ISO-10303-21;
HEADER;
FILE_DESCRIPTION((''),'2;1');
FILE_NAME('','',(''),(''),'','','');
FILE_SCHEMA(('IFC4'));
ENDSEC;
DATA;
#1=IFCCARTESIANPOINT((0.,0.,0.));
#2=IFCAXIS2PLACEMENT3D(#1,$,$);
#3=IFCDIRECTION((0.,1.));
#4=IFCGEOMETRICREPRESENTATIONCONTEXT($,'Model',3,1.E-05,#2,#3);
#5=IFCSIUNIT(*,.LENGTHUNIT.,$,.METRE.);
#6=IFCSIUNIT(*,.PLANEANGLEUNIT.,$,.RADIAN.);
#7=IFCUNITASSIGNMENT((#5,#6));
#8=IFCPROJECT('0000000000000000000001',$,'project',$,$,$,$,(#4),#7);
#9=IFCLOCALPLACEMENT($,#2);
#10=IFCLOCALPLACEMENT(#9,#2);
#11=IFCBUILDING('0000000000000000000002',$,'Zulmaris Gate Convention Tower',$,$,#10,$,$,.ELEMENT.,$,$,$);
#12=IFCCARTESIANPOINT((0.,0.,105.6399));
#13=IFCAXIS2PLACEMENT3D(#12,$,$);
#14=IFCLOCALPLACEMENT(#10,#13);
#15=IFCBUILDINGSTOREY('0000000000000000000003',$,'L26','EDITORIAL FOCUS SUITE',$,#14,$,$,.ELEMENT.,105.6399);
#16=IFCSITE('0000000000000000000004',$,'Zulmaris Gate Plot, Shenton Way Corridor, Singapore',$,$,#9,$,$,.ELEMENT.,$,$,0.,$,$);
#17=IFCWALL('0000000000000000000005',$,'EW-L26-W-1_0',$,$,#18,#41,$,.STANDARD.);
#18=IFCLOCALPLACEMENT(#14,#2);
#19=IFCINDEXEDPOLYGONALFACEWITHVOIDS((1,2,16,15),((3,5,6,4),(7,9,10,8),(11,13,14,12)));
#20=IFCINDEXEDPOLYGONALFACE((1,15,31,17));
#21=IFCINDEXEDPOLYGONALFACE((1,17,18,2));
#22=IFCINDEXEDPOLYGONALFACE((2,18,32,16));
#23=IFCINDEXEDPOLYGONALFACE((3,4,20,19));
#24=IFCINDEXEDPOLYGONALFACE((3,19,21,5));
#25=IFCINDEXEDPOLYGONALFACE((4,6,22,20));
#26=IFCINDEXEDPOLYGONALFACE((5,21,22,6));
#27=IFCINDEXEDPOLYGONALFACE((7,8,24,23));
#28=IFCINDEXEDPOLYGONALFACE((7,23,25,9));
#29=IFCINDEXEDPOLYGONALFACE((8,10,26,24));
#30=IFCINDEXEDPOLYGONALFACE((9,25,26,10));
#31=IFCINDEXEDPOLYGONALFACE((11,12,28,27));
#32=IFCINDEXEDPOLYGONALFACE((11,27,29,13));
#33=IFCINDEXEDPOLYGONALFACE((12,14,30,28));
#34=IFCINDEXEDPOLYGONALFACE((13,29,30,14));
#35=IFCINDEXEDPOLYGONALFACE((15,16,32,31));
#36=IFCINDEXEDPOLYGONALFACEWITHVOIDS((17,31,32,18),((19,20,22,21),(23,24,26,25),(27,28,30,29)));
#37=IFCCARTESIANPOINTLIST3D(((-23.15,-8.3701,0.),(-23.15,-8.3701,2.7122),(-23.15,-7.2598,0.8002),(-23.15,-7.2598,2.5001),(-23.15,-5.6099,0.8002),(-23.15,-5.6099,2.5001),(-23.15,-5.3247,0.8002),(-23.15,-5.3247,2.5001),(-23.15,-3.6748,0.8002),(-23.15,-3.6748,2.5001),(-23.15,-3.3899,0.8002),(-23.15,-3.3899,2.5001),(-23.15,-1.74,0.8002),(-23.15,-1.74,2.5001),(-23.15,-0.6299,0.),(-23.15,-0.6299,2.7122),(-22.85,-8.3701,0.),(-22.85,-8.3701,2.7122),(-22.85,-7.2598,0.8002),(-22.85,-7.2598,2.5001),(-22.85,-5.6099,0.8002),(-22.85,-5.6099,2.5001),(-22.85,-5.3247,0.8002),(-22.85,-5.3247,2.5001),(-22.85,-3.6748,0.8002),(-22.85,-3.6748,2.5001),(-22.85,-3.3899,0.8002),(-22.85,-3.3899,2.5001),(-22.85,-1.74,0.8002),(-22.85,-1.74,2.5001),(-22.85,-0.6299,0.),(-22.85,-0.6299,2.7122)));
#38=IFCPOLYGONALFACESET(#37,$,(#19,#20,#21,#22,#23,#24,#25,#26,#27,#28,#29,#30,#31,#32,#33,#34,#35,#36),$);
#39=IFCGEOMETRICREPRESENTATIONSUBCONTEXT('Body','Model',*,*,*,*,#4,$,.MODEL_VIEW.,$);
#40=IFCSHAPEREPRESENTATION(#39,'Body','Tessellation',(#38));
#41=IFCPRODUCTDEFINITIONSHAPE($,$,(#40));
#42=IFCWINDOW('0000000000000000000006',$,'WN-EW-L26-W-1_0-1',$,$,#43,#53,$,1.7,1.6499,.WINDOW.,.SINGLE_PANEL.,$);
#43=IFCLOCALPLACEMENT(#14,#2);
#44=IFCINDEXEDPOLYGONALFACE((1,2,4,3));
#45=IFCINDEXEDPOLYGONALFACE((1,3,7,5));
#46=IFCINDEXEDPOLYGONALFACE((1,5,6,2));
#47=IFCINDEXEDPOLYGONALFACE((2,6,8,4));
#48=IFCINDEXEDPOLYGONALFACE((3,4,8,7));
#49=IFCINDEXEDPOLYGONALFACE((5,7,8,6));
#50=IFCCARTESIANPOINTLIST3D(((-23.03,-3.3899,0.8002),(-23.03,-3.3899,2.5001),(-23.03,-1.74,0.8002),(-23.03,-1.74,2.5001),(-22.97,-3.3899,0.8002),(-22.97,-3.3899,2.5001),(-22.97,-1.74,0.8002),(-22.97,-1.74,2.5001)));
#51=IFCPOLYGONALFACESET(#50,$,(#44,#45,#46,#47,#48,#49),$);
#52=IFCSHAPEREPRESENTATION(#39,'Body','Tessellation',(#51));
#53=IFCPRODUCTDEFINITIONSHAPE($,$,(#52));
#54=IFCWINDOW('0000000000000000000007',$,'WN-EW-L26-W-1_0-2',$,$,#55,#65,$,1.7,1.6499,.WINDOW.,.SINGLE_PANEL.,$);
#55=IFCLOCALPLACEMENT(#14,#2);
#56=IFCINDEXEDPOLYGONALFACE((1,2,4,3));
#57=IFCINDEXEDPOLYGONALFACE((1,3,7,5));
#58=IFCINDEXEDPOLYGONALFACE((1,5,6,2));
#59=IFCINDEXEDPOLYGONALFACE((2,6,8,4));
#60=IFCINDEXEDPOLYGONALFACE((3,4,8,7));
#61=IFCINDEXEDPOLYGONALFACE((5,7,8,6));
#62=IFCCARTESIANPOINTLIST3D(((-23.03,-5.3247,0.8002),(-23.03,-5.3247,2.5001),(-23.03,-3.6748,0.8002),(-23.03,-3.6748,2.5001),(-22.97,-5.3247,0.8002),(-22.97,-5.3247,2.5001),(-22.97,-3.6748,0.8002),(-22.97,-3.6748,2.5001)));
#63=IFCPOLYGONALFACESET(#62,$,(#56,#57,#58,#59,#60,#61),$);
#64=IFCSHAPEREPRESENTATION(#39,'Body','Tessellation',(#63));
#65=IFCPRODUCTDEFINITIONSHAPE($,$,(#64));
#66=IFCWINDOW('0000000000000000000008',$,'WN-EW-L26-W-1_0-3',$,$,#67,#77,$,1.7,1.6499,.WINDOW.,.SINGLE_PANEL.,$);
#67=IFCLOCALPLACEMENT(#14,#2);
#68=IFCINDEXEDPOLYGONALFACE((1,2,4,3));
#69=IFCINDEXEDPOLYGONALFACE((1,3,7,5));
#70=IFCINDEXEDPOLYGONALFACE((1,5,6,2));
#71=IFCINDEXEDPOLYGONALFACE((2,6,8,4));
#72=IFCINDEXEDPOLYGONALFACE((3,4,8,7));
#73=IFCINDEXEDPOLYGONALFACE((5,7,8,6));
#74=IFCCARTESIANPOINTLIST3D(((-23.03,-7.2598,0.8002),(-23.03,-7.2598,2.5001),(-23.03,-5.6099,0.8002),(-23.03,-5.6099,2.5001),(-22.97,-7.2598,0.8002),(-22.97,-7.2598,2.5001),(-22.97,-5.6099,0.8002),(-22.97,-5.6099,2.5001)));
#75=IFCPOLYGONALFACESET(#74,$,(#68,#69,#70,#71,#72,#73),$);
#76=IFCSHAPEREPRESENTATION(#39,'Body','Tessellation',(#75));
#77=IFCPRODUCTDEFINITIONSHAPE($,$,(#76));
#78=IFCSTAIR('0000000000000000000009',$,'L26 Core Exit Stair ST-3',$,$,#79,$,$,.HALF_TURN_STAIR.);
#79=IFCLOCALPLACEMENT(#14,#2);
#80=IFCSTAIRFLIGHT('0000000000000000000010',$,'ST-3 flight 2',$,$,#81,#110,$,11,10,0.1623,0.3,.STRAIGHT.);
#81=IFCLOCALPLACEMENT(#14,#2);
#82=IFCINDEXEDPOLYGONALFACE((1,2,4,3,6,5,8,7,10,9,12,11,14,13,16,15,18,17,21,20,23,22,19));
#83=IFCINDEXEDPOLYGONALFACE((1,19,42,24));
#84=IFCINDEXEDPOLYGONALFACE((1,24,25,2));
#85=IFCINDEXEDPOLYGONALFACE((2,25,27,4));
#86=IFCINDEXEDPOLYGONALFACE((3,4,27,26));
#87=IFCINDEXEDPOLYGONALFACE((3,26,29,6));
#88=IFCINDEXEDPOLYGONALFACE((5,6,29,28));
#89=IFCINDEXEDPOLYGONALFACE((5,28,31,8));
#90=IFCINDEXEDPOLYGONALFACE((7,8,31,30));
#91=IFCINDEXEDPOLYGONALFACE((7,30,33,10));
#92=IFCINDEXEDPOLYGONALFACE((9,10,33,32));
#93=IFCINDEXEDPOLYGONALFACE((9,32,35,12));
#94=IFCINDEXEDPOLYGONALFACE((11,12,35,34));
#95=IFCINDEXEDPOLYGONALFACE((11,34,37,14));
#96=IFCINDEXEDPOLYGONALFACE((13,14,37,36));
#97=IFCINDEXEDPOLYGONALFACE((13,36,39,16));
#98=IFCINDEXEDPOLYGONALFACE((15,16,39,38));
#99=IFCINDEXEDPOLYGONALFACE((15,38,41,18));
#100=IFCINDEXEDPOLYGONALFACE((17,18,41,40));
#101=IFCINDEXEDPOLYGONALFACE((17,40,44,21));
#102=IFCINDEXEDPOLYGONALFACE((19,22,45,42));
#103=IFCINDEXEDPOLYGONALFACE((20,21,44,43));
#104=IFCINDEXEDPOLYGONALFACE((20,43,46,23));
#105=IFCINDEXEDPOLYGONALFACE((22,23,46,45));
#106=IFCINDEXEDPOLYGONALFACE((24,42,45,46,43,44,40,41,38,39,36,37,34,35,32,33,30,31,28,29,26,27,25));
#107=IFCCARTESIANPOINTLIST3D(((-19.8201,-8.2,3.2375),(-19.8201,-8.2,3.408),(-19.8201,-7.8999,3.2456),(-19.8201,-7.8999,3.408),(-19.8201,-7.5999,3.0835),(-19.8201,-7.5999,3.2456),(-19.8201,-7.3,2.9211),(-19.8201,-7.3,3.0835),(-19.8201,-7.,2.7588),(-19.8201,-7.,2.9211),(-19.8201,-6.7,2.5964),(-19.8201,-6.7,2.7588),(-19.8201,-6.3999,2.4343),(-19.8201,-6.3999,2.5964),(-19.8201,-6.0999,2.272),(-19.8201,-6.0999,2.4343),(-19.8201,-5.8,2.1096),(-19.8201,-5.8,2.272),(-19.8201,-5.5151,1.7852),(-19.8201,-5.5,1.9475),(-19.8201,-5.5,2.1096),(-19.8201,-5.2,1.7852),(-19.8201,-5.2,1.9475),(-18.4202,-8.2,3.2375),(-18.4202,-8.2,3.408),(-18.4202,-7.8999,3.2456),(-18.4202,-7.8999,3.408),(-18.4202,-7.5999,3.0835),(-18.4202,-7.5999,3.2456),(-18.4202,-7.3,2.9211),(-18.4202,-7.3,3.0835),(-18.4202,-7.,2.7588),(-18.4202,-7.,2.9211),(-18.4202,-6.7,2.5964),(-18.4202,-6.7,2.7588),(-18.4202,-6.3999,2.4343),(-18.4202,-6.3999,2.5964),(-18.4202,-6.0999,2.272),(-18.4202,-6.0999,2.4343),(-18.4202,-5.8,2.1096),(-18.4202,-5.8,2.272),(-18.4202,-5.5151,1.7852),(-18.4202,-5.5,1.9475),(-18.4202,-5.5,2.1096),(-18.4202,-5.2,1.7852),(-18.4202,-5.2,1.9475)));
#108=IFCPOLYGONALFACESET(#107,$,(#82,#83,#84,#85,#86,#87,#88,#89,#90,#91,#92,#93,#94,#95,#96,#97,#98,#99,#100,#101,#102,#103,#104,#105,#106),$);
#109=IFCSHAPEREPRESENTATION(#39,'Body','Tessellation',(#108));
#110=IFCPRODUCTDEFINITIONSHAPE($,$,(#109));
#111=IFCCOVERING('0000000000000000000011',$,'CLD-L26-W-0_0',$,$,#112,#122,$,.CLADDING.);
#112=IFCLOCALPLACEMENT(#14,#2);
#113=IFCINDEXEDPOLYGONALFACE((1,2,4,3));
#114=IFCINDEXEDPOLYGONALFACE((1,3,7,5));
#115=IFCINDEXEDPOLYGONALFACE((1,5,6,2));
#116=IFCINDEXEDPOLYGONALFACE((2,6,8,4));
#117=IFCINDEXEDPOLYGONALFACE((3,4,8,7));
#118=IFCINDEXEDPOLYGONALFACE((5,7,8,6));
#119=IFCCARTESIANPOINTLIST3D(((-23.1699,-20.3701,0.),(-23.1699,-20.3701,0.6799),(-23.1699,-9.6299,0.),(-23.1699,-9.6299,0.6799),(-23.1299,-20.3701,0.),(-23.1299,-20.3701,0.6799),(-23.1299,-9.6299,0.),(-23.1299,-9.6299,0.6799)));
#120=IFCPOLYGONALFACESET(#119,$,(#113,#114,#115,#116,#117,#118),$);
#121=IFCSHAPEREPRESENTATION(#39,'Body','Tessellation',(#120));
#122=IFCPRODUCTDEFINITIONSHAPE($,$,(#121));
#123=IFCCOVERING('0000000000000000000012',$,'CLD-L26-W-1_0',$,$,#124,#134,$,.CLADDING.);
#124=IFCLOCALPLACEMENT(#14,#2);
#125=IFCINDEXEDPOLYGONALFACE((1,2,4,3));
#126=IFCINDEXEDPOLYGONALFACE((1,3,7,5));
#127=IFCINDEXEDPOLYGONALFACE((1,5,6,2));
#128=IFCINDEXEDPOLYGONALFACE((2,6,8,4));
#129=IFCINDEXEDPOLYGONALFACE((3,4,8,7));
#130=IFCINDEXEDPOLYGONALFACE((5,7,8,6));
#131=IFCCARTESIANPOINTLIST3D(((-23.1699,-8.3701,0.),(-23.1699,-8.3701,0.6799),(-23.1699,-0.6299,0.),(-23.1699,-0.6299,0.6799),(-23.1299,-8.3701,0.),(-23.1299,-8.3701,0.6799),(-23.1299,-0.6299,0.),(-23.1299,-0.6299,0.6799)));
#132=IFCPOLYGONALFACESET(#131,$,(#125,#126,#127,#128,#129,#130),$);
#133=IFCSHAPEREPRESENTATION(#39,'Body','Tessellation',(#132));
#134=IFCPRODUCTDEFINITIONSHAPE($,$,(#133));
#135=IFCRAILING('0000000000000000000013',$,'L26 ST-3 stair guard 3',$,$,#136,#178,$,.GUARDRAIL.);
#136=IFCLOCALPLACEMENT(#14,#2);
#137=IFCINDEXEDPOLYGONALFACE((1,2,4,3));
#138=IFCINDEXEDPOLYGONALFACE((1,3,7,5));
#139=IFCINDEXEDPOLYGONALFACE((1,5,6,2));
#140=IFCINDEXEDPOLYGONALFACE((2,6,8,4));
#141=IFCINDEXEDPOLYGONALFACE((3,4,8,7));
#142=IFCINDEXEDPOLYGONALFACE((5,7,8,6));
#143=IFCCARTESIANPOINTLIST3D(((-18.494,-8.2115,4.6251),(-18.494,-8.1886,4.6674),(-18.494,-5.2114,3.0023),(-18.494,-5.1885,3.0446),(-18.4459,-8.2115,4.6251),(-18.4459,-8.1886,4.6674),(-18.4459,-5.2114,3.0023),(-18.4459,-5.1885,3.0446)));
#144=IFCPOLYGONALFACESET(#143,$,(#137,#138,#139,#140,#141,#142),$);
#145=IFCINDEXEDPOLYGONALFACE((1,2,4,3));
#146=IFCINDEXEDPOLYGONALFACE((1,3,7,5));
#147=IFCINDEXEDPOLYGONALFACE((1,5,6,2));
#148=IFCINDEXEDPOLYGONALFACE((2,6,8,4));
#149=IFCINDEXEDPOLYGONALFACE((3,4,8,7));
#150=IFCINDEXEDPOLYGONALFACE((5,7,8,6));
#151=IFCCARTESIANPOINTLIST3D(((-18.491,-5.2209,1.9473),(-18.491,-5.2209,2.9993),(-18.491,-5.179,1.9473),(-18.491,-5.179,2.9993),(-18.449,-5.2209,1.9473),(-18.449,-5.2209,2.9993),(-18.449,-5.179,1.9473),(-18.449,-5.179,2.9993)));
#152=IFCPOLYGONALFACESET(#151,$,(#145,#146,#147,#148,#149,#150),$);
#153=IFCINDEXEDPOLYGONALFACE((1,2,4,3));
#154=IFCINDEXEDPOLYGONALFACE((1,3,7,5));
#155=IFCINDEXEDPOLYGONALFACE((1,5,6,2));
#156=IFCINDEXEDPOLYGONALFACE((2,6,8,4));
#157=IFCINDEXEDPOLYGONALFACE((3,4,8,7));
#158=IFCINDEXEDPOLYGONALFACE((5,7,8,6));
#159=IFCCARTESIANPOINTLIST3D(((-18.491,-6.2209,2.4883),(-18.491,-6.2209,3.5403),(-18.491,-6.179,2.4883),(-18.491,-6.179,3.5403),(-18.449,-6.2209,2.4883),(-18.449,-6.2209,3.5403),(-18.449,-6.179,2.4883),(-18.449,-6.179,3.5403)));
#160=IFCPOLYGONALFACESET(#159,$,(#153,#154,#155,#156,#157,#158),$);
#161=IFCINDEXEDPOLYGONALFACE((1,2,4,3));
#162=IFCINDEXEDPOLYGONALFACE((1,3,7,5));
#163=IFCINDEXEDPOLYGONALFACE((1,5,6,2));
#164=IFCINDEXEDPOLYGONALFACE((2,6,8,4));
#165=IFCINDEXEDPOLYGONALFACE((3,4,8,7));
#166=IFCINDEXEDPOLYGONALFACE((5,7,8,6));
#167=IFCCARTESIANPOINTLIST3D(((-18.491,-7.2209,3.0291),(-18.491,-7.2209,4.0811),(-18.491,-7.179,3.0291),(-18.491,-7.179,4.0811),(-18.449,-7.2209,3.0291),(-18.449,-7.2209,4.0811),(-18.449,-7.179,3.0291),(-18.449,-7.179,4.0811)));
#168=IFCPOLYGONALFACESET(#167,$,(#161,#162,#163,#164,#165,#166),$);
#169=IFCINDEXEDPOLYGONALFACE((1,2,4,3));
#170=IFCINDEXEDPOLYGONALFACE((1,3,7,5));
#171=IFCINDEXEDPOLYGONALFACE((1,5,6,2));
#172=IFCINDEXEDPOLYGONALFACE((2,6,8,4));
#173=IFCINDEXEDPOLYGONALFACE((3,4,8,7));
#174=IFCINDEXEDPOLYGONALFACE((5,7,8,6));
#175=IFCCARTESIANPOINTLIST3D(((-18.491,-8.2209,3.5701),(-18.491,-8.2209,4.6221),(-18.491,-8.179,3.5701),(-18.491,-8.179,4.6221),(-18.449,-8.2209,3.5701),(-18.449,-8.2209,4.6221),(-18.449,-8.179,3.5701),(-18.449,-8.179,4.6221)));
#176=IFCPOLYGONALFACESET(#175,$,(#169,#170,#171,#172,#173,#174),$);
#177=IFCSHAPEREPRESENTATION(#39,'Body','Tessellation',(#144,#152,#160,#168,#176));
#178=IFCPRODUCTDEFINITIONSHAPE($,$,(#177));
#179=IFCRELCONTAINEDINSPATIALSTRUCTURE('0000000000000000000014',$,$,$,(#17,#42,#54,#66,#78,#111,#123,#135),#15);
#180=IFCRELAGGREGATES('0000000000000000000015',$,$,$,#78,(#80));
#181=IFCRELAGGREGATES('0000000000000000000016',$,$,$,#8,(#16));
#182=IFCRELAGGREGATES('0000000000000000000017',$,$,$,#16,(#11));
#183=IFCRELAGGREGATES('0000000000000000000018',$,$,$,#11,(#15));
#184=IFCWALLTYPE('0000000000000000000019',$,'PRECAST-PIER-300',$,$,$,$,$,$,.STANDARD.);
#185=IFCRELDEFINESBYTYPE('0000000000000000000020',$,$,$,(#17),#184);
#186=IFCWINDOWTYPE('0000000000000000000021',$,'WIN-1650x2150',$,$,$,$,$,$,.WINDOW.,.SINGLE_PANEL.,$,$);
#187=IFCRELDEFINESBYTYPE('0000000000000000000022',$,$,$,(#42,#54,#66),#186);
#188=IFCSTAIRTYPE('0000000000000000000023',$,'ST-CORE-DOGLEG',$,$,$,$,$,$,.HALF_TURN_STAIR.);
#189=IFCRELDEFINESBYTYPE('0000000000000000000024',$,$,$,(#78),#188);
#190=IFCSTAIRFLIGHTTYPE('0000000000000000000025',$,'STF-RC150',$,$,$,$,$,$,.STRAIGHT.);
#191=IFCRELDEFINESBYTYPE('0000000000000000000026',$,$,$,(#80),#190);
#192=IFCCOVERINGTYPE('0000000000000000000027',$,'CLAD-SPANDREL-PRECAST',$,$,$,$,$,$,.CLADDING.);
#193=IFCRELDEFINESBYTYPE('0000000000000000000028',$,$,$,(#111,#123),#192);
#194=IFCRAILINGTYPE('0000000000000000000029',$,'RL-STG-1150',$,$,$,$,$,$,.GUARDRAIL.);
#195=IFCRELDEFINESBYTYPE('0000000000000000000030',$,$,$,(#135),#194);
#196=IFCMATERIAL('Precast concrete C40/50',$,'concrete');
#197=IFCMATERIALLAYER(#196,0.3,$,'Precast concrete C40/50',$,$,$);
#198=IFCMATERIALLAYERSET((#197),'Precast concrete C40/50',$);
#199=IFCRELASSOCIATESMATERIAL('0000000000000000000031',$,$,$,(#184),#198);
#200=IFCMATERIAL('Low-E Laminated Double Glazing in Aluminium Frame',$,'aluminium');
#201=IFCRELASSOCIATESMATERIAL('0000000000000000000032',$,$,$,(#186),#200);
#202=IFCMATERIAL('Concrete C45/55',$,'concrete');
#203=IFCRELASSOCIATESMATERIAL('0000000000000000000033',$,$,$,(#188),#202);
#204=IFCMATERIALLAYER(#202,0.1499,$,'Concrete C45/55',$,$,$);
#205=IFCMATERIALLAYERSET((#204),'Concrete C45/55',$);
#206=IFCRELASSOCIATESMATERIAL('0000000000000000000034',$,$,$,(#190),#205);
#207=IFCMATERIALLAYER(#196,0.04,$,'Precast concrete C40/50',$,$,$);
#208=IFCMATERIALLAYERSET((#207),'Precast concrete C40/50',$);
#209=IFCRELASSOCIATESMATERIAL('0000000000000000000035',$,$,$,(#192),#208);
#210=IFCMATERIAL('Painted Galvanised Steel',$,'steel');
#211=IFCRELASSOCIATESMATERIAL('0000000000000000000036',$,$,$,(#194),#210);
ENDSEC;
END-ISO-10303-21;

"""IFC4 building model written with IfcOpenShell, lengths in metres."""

from ifc_helpers import new_model, si_unit, direction, frame, frame_2d, origin, origin_2d, place, context, subcontext, project, spatial, polyline, rectangle, outline, extrude, material, layer, layer_set, type_object, element, fill, aggregate, save


model = new_model("IFC4")

# Units and contexts
model_context = context("Model", 3, precision=1e-05, world=origin(), true_north=direction((0.0, 1.0)))
body_context = subcontext(model_context, "Body", "Model", "MODEL_VIEW")
ifc_project = project(units=[si_unit("LENGTHUNIT", "METRE"), si_unit("PLANEANGLEUNIT", "RADIAN")], contexts=[model_context])

# Site, building, storey
site_placement = place(None, origin())
site = spatial("IfcSite", under=ifc_project, at=site_placement, Name="Zulmaris Gate Plot, Shenton Way Corridor, Singapore", CompositionType="ELEMENT", RefElevation=0.0)
building_placement = place(site_placement, origin())
building = spatial("IfcBuilding", under=site, at=building_placement, Name="Zulmaris Gate Convention Tower", CompositionType="ELEMENT")
storey_placement = place(building_placement, frame((0.0, 0.0, 105.6399)))
storey = spatial("IfcBuildingStorey", under=building, at=storey_placement, Name="L26", Description="EDITORIAL FOCUS SUITE", CompositionType="ELEMENT", Elevation=105.6399)

# Shared definitions
ifc_material_1 = material(Name="Precast concrete C40/50", Category="concrete")
ifc_layer_1 = layer(ifc_material_1, 0.3, Name="Precast concrete C40/50")
ifc_layer_set_1 = layer_set([ifc_layer_1], Name="Precast concrete C40/50")
wall_type_1 = type_object("IfcWallType", Name="PRECAST-PIER-300", PredefinedType="STANDARD", material=ifc_layer_set_1)

# Wall, openings, windows
wall_1_placement = place(storey_placement, frame((-23.0, -0.6299, 0.0), z_axis=(0.0, 0.0, 1.0), x_axis=(0.0, -1.0, 0.0)))
wall_1 = element("IfcWall", 1, at=wall_1_placement, inside=storey, type_object=wall_type_1, Name="EW-L26-W-1_0", PredefinedType="STANDARD", context=body_context, shape_type="SweptSolid", body=[
    extrude(rectangle(XDim=7.7402, YDim=0.3, at=frame_2d((3.8701, 0.0))), origin(), (0.0, 0.0, 1.0), 2.7122),
])
opening_1_placement = place(wall_1_placement, frame((1.1101, 0.0, 0.8)))
opening_1 = element("IfcOpeningElement", 2, at=opening_1_placement, cuts=wall_1, PredefinedType="OPENING", context=body_context, shape_type="SweptSolid", body=[
    extrude(rectangle(XDim=1.6499, YDim=1.7, at=frame_2d((0.825, 0.8501))), frame((0.0, 0.1602, 0.0), z_axis=(0.0, -1.0, 0.0), x_axis=(1.0, 0.0, 0.0)), (0.0, 0.0, 1.0), 0.3201),
])
opening_2_placement = place(wall_1_placement, frame((3.0449, 0.0, 0.8)))
opening_2 = element("IfcOpeningElement", 3, at=opening_2_placement, cuts=wall_1, PredefinedType="OPENING", context=body_context, shape_type="SweptSolid", body=[
    extrude(rectangle(XDim=1.6499, YDim=1.7, at=frame_2d((0.825, 0.8501))), frame((0.0, 0.1602, 0.0), z_axis=(0.0, -1.0, 0.0), x_axis=(1.0, 0.0, 0.0)), (0.0, 0.0, 1.0), 0.3201),
])
opening_3_placement = place(wall_1_placement, frame((4.98, 0.0, 0.8)))
opening_3 = element("IfcOpeningElement", 4, at=opening_3_placement, cuts=wall_1, PredefinedType="OPENING", context=body_context, shape_type="SweptSolid", body=[
    extrude(rectangle(XDim=1.6499, YDim=1.7, at=frame_2d((0.825, 0.8501))), frame((0.0, 0.1602, 0.0), z_axis=(0.0, -1.0, 0.0), x_axis=(1.0, 0.0, 0.0)), (0.0, 0.0, 1.0), 0.3201),
])
ifc_material_2 = material(Name="Low-E Laminated Double Glazing in Aluminium Frame", Category="aluminium")
window_type = type_object("IfcWindowType", Name="WIN-1650x2150", PartitioningType="SINGLE_PANEL", PredefinedType="WINDOW", material=ifc_material_2)
window_1_placement = place(opening_1_placement, origin())
window_1 = element("IfcWindow", 5, at=window_1_placement, inside=storey, type_object=window_type, Name="WN-EW-L26-W-1_0-1", OverallHeight=1.7, OverallWidth=1.6499, PartitioningType="SINGLE_PANEL", PredefinedType="WINDOW", context=body_context, shape_type="SweptSolid", body=[
    extrude(rectangle(XDim=1.6499, YDim=1.7, at=frame_2d((0.825, 0.8501))), frame((0.0, 0.03, 0.0), z_axis=(0.0, -1.0, 0.0), x_axis=(1.0, 0.0, 0.0)), (0.0, 0.0, 1.0), 0.0601),
])
fill(opening_1, window_1)
window_2_placement = place(opening_2_placement, origin())
window_2 = element("IfcWindow", 6, at=window_2_placement, inside=storey, type_object=window_type, Name="WN-EW-L26-W-1_0-2", OverallHeight=1.7, OverallWidth=1.6499, PartitioningType="SINGLE_PANEL", PredefinedType="WINDOW", context=body_context, shape_type="SweptSolid", body=[
    extrude(rectangle(XDim=1.6499, YDim=1.7, at=frame_2d((0.825, 0.8501))), frame((0.0, 0.03, 0.0), z_axis=(0.0, -1.0, 0.0), x_axis=(1.0, 0.0, 0.0)), (0.0, 0.0, 1.0), 0.0601),
])
fill(opening_2, window_2)
window_3_placement = place(opening_3_placement, origin())
window_3 = element("IfcWindow", 7, at=window_3_placement, inside=storey, type_object=window_type, Name="WN-EW-L26-W-1_0-3", OverallHeight=1.7, OverallWidth=1.6499, PartitioningType="SINGLE_PANEL", PredefinedType="WINDOW", context=body_context, shape_type="SweptSolid", body=[
    extrude(rectangle(XDim=1.6499, YDim=1.7, at=frame_2d((0.825, 0.8501))), frame((0.0, 0.03, 0.0), z_axis=(0.0, -1.0, 0.0), x_axis=(1.0, 0.0, 0.0)), (0.0, 0.0, 1.0), 0.0601),
])
fill(opening_3, window_3)

# Stair, stair flight
ifc_material_3 = material(Name="Concrete C45/55", Category="concrete")
stair_type = type_object("IfcStairType", Name="ST-CORE-DOGLEG", PredefinedType="HALF_TURN_STAIR", material=ifc_material_3)
stair_placement = place(storey_placement, origin())
stair = element("IfcStair", 8, at=stair_placement, inside=storey, type_object=stair_type, Name="L26 Core Exit Stair ST-3", PredefinedType="HALF_TURN_STAIR")
ifc_layer_2 = layer(ifc_material_3, 0.1499, Name="Concrete C45/55")
ifc_layer_set_2 = layer_set([ifc_layer_2], Name="Concrete C45/55")
stair_flight_type = type_object("IfcStairFlightType", Name="STF-RC150", PredefinedType="STRAIGHT", material=ifc_layer_set_2)
stair_flight_placement = place(storey_placement, frame((-19.1201, -5.2, 1.7852), z_axis=(0.0, 0.0, 1.0), x_axis=(0.0, -1.0, 0.0)))
stair_flight = element("IfcStairFlight", 9, at=stair_flight_placement, type_object=stair_flight_type, Name="ST-3 flight 2", NumberOfRisers=11, NumberOfTreads=10, PredefinedType="STRAIGHT", RiserHeight=0.1623, TreadLength=0.3, context=body_context, shape_type="SweptSolid", body=[
    extrude(outline(polyline([(0.0, 0.0), (0.0, 0.1624), (0.3, 0.1624), (0.3, 0.3245), (0.6001, 0.3245), (0.6001, 0.4868), (0.8999, 0.4868), (0.8999, 0.6492), (1.2, 0.6492), (1.2, 0.8113), (1.5, 0.8113), (1.5, 0.9736), (1.8, 0.9736), (1.8, 1.136), (2.1001, 1.136), (2.1001, 1.2983), (2.3999, 1.2983), (2.3999, 1.4604), (2.7, 1.4604), (2.7, 1.6228), (3.0, 1.6228), (3.0, 1.7852), (3.0, 1.4524), (0.3152, 0.0), (0.0, 0.0)])), frame((0.0, 0.7, 0.0), z_axis=(0.0, -1.0, 0.0), x_axis=(1.0, 0.0, 0.0)), (0.0, 0.0, 1.0), 1.3999),
])
aggregate(stair, [stair_flight])

# Coverings
ifc_layer_3 = layer(ifc_material_1, 0.04, Name="Precast concrete C40/50")
ifc_layer_set_3 = layer_set([ifc_layer_3], Name="Precast concrete C40/50")
covering_type = type_object("IfcCoveringType", Name="CLAD-SPANDREL-PRECAST", PredefinedType="CLADDING", material=ifc_layer_set_3)
covering_1_placement = place(storey_placement, frame((-23.1499, -9.6299, 0.0), z_axis=(0.0, 0.0, 1.0), x_axis=(0.0, -1.0, 0.0)))
element("IfcCovering", 10, at=covering_1_placement, inside=storey, type_object=covering_type, Name="CLD-L26-W-0_0", PredefinedType="CLADDING", context=body_context, shape_type="SweptSolid", body=[
    extrude(rectangle(XDim=10.7402, YDim=0.04, at=frame_2d((5.3701, 0.0))), origin(), (0.0, 0.0, 1.0), 0.6799),
])
covering_2_placement = place(storey_placement, frame((-23.1499, -0.6299, 0.0), z_axis=(0.0, 0.0, 1.0), x_axis=(0.0, -1.0, 0.0)))
element("IfcCovering", 11, at=covering_2_placement, inside=storey, type_object=covering_type, Name="CLD-L26-W-1_0", PredefinedType="CLADDING", context=body_context, shape_type="SweptSolid", body=[
    extrude(rectangle(XDim=7.7402, YDim=0.04, at=frame_2d((3.8701, 0.0))), origin(), (0.0, 0.0, 1.0), 0.6799),
])

# Railing
ifc_material_4 = material(Name="Painted Galvanised Steel", Category="steel")
railing_type_1 = type_object("IfcRailingType", Name="RL-STG-1150", PredefinedType="GUARDRAIL", material=ifc_material_4)
railing_1_placement = place(storey_placement, frame((-18.47, -5.2, 1.9473)))
element("IfcRailing", 12, at=railing_1_placement, inside=storey, type_object=railing_type_1, Name="L26 ST-3 stair guard 3", PredefinedType="GUARDRAIL", context=body_context, shape_type="SweptSolid", body=[
    extrude(rectangle(XDim=0.0481, YDim=0.0481, at=origin_2d()), frame((0.0, 0.0, 1.0762), z_axis=(0.0, -0.879562, 0.475785), x_axis=(1.0, 0.0, 0.0)), (0.0, 0.0, 1.0), 3.4109),
    extrude(rectangle(XDim=0.042, YDim=0.042, at=origin_2d()), origin(), (0.0, 0.0, 1.0), 1.052),
    extrude(rectangle(XDim=0.042, YDim=0.042, at=origin_2d()), frame((0.0, -1.0, 0.541)), (0.0, 0.0, 1.0), 1.052),
    extrude(rectangle(XDim=0.042, YDim=0.042, at=origin_2d()), frame((0.0, -2.0, 1.0818)), (0.0, 0.0, 1.0), 1.052),
    extrude(rectangle(XDim=0.042, YDim=0.042, at=origin_2d()), frame((0.0, -3.0, 1.6228)), (0.0, 0.0, 1.0), 1.052),
])

save(model, "model.ifc")
